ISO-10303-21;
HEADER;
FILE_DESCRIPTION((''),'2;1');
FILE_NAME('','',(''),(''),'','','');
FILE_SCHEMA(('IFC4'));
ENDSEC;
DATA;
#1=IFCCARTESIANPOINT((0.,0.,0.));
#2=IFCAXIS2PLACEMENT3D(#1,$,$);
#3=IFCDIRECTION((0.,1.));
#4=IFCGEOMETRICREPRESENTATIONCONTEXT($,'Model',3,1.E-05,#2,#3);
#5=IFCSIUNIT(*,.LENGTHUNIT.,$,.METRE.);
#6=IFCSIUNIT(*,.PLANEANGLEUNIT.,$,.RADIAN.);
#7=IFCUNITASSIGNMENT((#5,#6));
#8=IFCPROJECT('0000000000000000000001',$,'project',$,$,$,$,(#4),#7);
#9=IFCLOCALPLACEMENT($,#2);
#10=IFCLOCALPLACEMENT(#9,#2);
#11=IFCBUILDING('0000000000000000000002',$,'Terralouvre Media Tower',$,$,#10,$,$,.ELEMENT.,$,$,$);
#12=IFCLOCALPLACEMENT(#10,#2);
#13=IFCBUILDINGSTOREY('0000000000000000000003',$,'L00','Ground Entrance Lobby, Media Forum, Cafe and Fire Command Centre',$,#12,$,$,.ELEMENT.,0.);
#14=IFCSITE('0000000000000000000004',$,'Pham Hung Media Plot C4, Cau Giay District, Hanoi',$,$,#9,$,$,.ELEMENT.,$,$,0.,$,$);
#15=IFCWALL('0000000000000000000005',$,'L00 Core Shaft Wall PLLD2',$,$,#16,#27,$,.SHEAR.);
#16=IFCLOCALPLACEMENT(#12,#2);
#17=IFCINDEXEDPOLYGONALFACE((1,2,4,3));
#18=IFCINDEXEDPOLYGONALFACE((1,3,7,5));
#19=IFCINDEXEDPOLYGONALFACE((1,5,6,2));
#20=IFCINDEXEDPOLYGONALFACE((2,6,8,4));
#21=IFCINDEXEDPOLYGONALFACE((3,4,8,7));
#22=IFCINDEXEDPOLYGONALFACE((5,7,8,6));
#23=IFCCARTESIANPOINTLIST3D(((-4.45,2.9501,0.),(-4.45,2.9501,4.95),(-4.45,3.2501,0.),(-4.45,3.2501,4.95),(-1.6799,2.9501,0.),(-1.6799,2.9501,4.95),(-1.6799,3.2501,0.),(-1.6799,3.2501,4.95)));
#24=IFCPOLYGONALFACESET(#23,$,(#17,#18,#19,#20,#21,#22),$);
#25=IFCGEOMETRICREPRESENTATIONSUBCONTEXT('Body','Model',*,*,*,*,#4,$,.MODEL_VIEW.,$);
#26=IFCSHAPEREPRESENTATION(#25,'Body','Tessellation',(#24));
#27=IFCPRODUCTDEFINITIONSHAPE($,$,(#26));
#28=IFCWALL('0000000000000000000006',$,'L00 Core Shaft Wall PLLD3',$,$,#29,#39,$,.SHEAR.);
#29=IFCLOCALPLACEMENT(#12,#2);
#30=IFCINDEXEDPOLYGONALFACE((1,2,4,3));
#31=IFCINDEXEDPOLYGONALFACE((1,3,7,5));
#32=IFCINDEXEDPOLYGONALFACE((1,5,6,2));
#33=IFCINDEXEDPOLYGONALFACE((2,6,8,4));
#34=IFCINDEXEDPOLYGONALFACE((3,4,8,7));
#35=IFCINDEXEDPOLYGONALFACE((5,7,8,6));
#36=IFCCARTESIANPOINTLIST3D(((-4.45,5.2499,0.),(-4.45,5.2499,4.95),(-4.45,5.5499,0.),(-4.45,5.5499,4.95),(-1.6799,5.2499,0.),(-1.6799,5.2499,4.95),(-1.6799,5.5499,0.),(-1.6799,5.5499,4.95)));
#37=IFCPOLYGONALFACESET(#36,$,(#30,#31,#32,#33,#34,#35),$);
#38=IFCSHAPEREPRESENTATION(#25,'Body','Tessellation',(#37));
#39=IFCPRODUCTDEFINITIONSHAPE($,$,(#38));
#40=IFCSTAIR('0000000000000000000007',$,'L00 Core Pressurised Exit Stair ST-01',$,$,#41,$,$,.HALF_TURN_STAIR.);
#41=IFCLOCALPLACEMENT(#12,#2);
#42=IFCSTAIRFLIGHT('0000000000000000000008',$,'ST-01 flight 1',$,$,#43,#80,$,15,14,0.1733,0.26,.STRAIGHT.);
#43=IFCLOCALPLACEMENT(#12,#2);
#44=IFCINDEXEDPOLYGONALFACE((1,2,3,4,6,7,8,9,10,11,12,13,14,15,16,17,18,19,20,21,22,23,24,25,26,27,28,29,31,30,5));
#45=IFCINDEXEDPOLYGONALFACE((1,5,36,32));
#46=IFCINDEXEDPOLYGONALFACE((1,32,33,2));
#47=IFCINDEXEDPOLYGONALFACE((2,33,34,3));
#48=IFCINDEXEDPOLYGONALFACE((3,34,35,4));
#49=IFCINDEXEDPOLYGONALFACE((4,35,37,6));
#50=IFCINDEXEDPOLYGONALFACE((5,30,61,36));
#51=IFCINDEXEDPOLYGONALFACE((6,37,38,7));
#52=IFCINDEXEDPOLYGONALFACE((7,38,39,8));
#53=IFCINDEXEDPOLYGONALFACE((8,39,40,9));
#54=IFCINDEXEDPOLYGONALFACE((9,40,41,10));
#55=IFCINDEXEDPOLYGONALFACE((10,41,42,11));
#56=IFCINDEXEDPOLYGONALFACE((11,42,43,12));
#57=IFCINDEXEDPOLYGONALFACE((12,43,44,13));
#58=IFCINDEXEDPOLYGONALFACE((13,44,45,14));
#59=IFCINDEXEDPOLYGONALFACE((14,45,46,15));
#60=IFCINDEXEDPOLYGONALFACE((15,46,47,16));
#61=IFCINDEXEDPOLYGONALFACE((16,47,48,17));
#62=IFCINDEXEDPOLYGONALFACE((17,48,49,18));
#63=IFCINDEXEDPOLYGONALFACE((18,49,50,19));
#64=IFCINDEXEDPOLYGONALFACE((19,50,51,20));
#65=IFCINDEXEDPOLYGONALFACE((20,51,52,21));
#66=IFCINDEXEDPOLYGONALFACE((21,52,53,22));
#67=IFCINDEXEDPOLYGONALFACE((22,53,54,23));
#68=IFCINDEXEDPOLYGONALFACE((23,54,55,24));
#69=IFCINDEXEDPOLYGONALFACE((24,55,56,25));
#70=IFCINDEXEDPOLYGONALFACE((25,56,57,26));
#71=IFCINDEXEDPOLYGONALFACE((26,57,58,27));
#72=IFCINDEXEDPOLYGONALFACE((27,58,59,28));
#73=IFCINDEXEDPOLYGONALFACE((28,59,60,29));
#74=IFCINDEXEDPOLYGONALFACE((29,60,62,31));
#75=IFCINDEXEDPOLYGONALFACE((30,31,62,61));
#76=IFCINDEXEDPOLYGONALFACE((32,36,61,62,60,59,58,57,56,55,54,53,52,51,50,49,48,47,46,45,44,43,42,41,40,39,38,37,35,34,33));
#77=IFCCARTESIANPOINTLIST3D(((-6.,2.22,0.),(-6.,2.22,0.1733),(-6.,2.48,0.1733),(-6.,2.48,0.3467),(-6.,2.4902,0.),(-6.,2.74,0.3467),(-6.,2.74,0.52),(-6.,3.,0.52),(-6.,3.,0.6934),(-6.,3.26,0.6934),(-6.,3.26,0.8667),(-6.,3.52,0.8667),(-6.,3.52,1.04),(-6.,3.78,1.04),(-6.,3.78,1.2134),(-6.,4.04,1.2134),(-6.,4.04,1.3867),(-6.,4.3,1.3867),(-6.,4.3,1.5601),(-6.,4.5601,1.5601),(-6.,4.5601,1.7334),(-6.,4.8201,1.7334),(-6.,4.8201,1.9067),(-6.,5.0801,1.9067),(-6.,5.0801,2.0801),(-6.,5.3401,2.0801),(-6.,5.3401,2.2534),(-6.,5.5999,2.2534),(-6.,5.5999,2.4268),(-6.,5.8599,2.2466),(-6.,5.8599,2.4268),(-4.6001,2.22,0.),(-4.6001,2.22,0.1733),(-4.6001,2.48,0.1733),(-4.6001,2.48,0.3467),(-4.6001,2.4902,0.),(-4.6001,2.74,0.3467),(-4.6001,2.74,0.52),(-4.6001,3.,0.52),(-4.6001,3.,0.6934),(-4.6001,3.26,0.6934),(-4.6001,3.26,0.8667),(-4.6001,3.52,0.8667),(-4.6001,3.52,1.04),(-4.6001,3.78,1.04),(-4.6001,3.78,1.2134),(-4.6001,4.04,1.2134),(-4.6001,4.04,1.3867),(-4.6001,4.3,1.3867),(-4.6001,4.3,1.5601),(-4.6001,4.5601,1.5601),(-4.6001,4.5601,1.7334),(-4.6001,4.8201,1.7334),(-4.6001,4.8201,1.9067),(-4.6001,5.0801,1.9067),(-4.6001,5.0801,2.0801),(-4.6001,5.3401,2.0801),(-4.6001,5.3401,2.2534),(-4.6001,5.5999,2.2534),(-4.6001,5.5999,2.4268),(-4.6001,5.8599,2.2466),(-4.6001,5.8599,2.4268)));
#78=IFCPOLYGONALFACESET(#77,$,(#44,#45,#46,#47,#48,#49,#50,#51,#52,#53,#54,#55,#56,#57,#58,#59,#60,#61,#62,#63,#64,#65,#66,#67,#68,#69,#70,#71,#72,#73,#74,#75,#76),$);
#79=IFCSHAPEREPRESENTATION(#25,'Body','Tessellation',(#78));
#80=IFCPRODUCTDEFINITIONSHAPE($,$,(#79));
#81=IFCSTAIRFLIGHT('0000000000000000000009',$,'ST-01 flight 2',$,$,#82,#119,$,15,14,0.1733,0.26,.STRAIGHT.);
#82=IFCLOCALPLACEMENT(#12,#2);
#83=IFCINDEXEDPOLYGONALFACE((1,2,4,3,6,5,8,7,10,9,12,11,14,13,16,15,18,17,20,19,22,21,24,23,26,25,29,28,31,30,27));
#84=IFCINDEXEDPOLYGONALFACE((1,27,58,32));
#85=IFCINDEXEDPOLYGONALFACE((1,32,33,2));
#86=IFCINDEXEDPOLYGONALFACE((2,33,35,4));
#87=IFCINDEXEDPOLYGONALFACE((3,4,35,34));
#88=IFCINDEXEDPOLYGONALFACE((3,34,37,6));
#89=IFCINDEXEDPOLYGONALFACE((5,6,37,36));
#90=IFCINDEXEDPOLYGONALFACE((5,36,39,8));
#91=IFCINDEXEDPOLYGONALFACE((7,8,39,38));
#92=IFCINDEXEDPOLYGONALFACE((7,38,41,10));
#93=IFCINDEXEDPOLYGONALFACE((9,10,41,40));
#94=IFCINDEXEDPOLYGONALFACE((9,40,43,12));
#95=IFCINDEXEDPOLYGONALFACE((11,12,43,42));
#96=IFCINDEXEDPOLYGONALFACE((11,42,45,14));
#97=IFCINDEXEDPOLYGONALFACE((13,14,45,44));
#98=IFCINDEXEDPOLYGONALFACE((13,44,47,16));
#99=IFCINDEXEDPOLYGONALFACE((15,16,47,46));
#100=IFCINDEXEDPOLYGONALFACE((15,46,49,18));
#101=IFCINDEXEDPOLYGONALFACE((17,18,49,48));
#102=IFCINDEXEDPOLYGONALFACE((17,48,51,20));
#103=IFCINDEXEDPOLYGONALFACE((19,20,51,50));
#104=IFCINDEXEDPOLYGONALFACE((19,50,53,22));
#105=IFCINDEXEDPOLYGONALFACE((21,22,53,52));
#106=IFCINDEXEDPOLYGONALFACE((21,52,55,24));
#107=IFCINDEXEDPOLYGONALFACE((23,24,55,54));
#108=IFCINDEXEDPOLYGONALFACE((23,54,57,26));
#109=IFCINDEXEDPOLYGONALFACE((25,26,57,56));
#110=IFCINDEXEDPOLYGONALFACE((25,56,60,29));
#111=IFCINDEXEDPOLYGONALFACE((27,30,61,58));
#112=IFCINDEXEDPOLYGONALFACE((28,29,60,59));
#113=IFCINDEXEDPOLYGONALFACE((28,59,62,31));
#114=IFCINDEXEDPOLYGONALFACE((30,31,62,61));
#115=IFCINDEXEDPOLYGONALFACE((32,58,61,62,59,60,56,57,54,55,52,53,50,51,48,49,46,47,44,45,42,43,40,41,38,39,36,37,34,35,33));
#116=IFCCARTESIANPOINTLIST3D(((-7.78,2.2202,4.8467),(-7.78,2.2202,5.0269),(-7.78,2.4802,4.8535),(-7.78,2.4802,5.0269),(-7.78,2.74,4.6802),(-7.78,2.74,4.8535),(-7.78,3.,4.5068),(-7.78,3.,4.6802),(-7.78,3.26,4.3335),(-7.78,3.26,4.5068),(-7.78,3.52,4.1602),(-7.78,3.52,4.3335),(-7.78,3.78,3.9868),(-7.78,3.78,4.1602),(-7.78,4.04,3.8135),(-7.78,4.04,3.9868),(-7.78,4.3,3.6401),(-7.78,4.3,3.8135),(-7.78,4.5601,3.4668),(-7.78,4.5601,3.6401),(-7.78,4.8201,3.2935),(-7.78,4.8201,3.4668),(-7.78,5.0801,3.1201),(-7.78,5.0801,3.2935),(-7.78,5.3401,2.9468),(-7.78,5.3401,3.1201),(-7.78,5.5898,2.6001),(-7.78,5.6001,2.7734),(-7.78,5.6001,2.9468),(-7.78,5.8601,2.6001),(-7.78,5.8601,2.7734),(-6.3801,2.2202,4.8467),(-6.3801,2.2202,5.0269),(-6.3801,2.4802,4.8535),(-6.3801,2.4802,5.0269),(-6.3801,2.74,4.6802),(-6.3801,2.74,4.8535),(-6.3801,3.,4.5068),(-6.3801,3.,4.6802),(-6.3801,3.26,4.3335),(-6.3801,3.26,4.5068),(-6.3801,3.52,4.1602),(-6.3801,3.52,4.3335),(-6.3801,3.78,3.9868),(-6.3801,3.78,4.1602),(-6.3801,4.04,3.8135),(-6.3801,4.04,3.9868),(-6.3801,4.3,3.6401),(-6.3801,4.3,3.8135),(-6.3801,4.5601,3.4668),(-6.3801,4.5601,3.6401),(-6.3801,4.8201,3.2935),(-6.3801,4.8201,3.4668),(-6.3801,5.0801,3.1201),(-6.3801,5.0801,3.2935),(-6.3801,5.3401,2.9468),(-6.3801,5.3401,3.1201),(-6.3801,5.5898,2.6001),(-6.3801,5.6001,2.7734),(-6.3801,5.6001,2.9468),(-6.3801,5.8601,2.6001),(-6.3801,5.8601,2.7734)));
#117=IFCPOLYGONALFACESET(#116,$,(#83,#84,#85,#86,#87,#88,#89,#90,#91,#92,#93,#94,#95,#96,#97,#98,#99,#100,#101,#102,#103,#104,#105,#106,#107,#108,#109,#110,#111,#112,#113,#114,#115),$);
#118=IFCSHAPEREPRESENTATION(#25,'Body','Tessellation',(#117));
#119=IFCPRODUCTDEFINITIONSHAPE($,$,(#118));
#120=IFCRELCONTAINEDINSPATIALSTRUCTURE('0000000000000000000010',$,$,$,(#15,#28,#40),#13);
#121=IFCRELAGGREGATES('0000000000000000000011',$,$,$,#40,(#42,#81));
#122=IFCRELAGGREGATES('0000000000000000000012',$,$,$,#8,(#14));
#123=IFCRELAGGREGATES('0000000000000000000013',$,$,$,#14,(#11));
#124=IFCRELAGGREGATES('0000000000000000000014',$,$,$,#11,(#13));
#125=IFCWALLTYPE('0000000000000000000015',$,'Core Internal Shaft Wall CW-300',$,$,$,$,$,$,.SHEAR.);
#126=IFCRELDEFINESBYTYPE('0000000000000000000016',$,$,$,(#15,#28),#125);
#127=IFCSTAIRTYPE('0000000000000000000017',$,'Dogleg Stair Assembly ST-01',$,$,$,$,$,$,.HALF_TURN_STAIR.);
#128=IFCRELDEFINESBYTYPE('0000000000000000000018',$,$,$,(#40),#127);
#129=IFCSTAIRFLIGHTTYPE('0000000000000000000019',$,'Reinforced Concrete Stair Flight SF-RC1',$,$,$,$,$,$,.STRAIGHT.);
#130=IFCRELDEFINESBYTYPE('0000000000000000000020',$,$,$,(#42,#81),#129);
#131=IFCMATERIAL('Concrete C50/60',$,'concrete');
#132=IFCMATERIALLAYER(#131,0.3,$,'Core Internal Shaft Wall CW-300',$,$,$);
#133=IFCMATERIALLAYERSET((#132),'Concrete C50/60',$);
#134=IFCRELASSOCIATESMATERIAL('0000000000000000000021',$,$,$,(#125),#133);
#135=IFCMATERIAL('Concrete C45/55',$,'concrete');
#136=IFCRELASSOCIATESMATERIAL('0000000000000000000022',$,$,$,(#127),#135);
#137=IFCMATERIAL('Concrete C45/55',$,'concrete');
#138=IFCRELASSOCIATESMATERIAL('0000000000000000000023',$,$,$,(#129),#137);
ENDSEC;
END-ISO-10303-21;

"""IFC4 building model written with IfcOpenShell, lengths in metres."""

from ifc_helpers import new_model, si_unit, direction, frame, frame_2d, origin, place, context, subcontext, project, spatial, polyline, rectangle, outline, extrude, material, layer, layer_set, type_object, element, aggregate, save


model = new_model("IFC4")

# Units and contexts
model_context = context("Model", 3, precision=1e-05, world=origin(), true_north=direction((0.0, 1.0)))
body_context = subcontext(model_context, "Body", "Model", "MODEL_VIEW")
ifc_project = project(units=[si_unit("LENGTHUNIT", "METRE"), si_unit("PLANEANGLEUNIT", "RADIAN")], contexts=[model_context])

# Site, building, storey
site_placement = place(None, origin())
site = spatial("IfcSite", under=ifc_project, at=site_placement, Name="Pham Hung Media Plot C4, Cau Giay District, Hanoi", CompositionType="ELEMENT", RefElevation=0.0)
building_placement = place(site_placement, origin())
building = spatial("IfcBuilding", under=site, at=building_placement, Name="Terralouvre Media Tower", CompositionType="ELEMENT")
storey_placement = place(building_placement, origin())
storey = spatial("IfcBuildingStorey", under=building, at=storey_placement, Name="L00", Description="Ground Entrance Lobby, Media Forum, Cafe and Fire Command Centre", CompositionType="ELEMENT", Elevation=0.0)

# Shared definitions
ifc_material_1 = material(Name="Concrete C50/60", Category="concrete")
ifc_layer_1 = layer(ifc_material_1, 0.3, Name="Core Internal Shaft Wall CW-300")
ifc_layer_set_1 = layer_set([ifc_layer_1], Name="Concrete C50/60")
wall_type = type_object("IfcWallType", Name="Core Internal Shaft Wall CW-300", PredefinedType="SHEAR", material=ifc_layer_set_1)

# Walls
for number, where, z_axis, x_axis, name in (
    (1, (-4.45, 3.1001, 0.0), (0.0, 0.0, 1.0), (1.0, 0.0, 0.0), "L00 Core Shaft Wall PLLD2"),
    (2, (-4.45, 5.3999, 0.0), (0.0, 0.0, 1.0), (1.0, 0.0, 0.0), "L00 Core Shaft Wall PLLD3"),
):
    element("IfcWall", number, at=place(storey_placement, frame(where, z_axis=z_axis, x_axis=x_axis)), inside=storey, type_object=wall_type, Name=name, PredefinedType="SHEAR", context=body_context, shape_type="SweptSolid", body=[
        extrude(rectangle(XDim=2.77, YDim=0.3, at=frame_2d((1.385, 0.0))), origin(), (0.0, 0.0, 1.0), 4.95),
    ])

# Stair, stair flights
ifc_material_2 = material(Name="Concrete C45/55", Category="concrete")
stair_type = type_object("IfcStairType", Name="Dogleg Stair Assembly ST-01", PredefinedType="HALF_TURN_STAIR", material=ifc_material_2)
stair_placement = place(storey_placement, origin())
stair = element("IfcStair", 3, at=stair_placement, inside=storey, type_object=stair_type, Name="L00 Core Pressurised Exit Stair ST-01", PredefinedType="HALF_TURN_STAIR")
ifc_material_3 = material(Name="Concrete C45/55", Category="concrete")
stair_flight_type = type_object("IfcStairFlightType", Name="Reinforced Concrete Stair Flight SF-RC1", PredefinedType="STRAIGHT", material=ifc_material_3)
stair_flight_1_placement = place(storey_placement, frame((-5.3, 2.22, 0.0), z_axis=(0.0, 0.0, 1.0), x_axis=(0.0, 1.0, 0.0)))
stair_flight_1 = element("IfcStairFlight", 4, at=stair_flight_1_placement, type_object=stair_flight_type, Name="ST-01 flight 1", NumberOfRisers=15, NumberOfTreads=14, PredefinedType="STRAIGHT", RiserHeight=0.1733, TreadLength=0.26, context=body_context, shape_type="SweptSolid", body=[
    extrude(outline(polyline([(0.0, 0.0), (0.0, 0.1733), (0.26, 0.1733), (0.26, 0.3467), (0.52, 0.3467), (0.52, 0.52), (0.78, 0.52), (0.78, 0.6934), (1.04, 0.6934), (1.04, 0.8667), (1.3, 0.8667), (1.3, 1.04), (1.5601, 1.04), (1.5601, 1.2134), (1.8201, 1.2134), (1.8201, 1.3867), (2.0801, 1.3867), (2.0801, 1.5601), (2.3401, 1.5601), (2.3401, 1.7334), (2.6001, 1.7334), (2.6001, 1.9067), (2.8601, 1.9067), (2.8601, 2.0801), (3.1201, 2.0801), (3.1201, 2.2534), (3.3799, 2.2534), (3.3799, 2.4268), (3.6399, 2.4268), (3.6399, 2.6001), (3.6399, 2.2466), (0.2703, 0.0), (0.0, 0.0)])), frame((0.0, 0.7, 0.0), z_axis=(0.0, -1.0, 0.0), x_axis=(1.0, 0.0, 0.0)), (0.0, 0.0, 1.0), 1.3999),
])
stair_flight_2_placement = place(storey_placement, frame((-7.0801, 5.8601, 2.6001), z_axis=(0.0, 0.0, 1.0), x_axis=(0.0, -1.0, 0.0)))
stair_flight_2 = element("IfcStairFlight", 5, at=stair_flight_2_placement, type_object=stair_flight_type, Name="ST-01 flight 2", NumberOfRisers=15, NumberOfTreads=14, PredefinedType="STRAIGHT", RiserHeight=0.1733, TreadLength=0.26, context=body_context, shape_type="SweptSolid", body=[
    extrude(outline(polyline([(0.0, 0.0), (0.0, 0.1733), (0.26, 0.1733), (0.26, 0.3467), (0.52, 0.3467), (0.52, 0.52), (0.78, 0.52), (0.78, 0.6934), (1.04, 0.6934), (1.04, 0.8667), (1.3, 0.8667), (1.3, 1.04), (1.5601, 1.04), (1.5601, 1.2134), (1.8201, 1.2134), (1.8201, 1.3867), (2.0801, 1.3867), (2.0801, 1.5601), (2.3401, 1.5601), (2.3401, 1.7334), (2.6001, 1.7334), (2.6001, 1.9067), (2.8601, 1.9067), (2.8601, 2.0801), (3.1201, 2.0801), (3.1201, 2.2534), (3.3799, 2.2534), (3.3799, 2.4268), (3.6399, 2.4268), (3.6399, 2.6001), (3.6399, 2.2466), (0.2703, 0.0), (0.0, 0.0)])), frame((0.0, 0.7, 0.0), z_axis=(0.0, -1.0, 0.0), x_axis=(1.0, 0.0, 0.0)), (0.0, 0.0, 1.0), 1.3999),
])
aggregate(stair, [stair_flight_1, stair_flight_2])

save(model, "model.ifc")
